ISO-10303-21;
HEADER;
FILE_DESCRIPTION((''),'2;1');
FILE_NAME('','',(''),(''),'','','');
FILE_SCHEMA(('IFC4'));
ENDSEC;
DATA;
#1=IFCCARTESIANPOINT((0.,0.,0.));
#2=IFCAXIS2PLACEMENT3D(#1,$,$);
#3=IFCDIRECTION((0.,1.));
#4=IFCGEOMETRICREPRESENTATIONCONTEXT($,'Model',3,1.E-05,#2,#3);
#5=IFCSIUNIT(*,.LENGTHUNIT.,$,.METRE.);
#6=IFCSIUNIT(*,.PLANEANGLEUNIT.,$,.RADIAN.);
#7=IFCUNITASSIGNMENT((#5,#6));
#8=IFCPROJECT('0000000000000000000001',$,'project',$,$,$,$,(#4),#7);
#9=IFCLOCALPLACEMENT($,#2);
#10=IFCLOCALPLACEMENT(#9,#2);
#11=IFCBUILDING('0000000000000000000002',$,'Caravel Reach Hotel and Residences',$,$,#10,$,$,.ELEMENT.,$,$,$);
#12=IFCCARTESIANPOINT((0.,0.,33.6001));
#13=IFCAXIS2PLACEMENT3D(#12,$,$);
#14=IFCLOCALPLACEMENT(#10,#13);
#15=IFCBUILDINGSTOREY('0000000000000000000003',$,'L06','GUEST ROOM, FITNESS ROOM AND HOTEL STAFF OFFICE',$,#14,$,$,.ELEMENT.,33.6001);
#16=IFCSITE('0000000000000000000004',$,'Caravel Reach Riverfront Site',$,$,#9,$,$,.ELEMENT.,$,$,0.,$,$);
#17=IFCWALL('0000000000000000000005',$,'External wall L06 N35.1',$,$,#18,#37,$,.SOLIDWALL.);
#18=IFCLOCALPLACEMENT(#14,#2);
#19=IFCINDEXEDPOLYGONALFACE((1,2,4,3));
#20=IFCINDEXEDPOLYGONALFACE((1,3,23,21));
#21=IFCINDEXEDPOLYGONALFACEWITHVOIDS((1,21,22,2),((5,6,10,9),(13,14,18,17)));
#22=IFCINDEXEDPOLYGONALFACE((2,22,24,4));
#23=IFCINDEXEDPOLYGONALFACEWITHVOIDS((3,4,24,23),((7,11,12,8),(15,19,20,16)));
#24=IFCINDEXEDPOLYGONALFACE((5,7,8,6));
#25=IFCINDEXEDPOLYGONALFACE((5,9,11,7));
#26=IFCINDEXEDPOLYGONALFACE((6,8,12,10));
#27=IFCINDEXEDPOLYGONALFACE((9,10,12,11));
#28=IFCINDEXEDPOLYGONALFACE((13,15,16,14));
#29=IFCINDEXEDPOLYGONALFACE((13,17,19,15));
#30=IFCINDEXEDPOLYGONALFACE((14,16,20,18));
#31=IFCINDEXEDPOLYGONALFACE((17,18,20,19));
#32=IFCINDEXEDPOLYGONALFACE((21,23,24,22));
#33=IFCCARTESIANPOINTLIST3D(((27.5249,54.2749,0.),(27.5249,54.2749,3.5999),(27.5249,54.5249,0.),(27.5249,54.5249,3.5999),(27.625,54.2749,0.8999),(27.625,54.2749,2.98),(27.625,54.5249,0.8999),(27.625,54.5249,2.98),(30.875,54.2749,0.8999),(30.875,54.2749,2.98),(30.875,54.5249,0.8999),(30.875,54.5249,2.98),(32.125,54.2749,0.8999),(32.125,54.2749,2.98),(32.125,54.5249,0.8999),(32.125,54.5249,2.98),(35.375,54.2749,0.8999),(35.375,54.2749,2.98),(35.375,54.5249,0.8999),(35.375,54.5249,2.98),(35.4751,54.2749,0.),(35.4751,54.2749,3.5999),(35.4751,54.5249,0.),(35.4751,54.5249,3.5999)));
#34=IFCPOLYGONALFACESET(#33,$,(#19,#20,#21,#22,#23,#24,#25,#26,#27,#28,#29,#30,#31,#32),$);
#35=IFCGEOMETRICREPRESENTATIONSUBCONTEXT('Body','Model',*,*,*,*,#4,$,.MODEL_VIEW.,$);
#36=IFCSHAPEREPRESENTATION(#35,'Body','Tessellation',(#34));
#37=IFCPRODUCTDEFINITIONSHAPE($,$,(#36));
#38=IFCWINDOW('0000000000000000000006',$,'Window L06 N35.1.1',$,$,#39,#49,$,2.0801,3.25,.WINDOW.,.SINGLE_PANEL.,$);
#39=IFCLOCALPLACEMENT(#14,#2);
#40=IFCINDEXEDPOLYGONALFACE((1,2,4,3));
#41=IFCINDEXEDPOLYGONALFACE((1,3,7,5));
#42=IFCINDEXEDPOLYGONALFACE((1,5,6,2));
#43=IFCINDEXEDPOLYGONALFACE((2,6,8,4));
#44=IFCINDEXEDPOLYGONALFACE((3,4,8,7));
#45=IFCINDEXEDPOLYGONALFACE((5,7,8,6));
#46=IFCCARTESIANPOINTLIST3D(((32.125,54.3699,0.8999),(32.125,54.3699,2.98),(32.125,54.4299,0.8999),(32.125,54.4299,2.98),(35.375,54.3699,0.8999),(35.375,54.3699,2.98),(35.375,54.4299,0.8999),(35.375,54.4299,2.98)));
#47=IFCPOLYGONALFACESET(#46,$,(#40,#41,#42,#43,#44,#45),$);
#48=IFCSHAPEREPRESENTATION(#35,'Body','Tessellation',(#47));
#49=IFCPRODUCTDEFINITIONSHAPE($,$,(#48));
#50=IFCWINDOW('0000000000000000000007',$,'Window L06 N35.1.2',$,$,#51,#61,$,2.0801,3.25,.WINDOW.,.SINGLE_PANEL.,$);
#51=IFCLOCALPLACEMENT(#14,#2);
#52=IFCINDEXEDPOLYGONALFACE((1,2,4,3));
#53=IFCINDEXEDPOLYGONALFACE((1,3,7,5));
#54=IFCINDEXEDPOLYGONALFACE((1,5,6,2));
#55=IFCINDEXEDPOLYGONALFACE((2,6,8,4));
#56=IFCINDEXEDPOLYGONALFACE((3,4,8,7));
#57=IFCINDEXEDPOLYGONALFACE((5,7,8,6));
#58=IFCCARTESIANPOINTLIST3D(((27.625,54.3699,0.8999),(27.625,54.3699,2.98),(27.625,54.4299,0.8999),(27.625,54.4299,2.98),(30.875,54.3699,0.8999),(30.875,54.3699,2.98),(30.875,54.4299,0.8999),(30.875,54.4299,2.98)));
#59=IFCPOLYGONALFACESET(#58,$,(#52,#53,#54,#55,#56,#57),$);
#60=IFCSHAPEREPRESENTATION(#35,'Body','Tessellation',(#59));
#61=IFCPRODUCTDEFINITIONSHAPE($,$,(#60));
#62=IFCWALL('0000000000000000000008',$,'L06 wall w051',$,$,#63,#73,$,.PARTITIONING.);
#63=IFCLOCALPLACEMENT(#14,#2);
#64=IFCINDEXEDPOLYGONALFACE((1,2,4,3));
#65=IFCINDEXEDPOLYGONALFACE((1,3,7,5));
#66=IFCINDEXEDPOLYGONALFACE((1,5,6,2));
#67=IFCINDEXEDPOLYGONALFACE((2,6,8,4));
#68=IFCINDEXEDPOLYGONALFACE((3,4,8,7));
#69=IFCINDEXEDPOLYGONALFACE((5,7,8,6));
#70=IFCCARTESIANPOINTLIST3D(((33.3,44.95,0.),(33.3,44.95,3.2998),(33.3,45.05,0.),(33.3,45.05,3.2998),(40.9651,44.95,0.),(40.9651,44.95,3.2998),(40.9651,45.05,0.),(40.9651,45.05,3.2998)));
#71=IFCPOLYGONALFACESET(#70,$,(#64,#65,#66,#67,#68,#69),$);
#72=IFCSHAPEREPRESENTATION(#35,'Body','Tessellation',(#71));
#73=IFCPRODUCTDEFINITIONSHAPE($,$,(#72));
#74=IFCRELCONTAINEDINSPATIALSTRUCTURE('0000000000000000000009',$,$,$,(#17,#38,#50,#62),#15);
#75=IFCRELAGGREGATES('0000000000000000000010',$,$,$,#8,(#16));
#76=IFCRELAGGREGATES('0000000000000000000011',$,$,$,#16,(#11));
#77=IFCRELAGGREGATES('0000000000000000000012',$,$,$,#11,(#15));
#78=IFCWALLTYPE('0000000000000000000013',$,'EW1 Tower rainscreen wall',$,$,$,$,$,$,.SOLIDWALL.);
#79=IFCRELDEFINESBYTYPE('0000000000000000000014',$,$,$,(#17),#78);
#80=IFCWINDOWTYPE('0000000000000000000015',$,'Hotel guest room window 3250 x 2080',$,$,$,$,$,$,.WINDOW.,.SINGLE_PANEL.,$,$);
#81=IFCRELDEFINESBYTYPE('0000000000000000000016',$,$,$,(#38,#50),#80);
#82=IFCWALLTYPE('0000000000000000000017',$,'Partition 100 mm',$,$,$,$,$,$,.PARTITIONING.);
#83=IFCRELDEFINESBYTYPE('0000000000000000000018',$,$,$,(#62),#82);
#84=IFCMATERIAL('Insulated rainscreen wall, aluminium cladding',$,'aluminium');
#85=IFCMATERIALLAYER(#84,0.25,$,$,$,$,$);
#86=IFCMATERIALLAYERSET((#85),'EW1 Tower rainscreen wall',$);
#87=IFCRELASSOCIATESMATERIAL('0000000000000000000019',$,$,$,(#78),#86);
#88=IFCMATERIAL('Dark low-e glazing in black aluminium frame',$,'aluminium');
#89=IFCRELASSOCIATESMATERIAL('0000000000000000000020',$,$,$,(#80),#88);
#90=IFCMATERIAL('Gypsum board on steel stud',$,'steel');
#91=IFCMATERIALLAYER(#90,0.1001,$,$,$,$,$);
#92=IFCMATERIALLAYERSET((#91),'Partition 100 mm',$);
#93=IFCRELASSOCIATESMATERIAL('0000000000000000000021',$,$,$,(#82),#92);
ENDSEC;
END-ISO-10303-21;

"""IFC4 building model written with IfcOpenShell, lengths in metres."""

from ifc_helpers import new_model, si_unit, direction, frame, frame_2d, origin, place, context, subcontext, project, spatial, rectangle, extrude, material, layer, layer_set, type_object, element, fill, save


model = new_model("IFC4")

# Units and contexts
model_context = context("Model", 3, precision=1e-05, world=origin(), true_north=direction((0.0, 1.0)))
body_context = subcontext(model_context, "Body", "Model", "MODEL_VIEW")
ifc_project = project(units=[si_unit("LENGTHUNIT", "METRE"), si_unit("PLANEANGLEUNIT", "RADIAN")], contexts=[model_context])

# Site, building, storey
site_placement = place(None, origin())
site = spatial("IfcSite", under=ifc_project, at=site_placement, Name="Caravel Reach Riverfront Site", CompositionType="ELEMENT", RefElevation=0.0)
building_placement = place(site_placement, origin())
building = spatial("IfcBuilding", under=site, at=building_placement, Name="Caravel Reach Hotel and Residences", CompositionType="ELEMENT")
storey_placement = place(building_placement, frame((0.0, 0.0, 33.6001)))
storey = spatial("IfcBuildingStorey", under=building, at=storey_placement, Name="L06", Description="GUEST ROOM, FITNESS ROOM AND HOTEL STAFF OFFICE", CompositionType="ELEMENT", Elevation=33.6001)

# Shared definitions
ifc_material_1 = material(Name="Insulated rainscreen wall, aluminium cladding", Category="aluminium")
ifc_layer_1 = layer(ifc_material_1, 0.25)
ifc_layer_set_1 = layer_set([ifc_layer_1], Name="EW1 Tower rainscreen wall")
wall_type_1 = type_object("IfcWallType", Name="EW1 Tower rainscreen wall", PredefinedType="SOLIDWALL", material=ifc_layer_set_1)

# Wall, openings, windows
wall_1_placement = place(storey_placement, frame((35.4751, 54.3999, 0.0), z_axis=(0.0, 0.0, 1.0), x_axis=(-1.0, 0.0, 0.0)))
wall_1 = element("IfcWall", 1, at=wall_1_placement, inside=storey, type_object=wall_type_1, Name="External wall L06 N35.1", PredefinedType="SOLIDWALL", context=body_context, shape_type="SweptSolid", body=[
    extrude(rectangle(XDim=7.9502, YDim=0.25, at=frame_2d((3.9751, 0.0))), origin(), (0.0, 0.0, 1.0), 3.5999),
])
opening_1_placement = place(wall_1_placement, frame((0.1001, 0.0, 0.8999)))
opening_1 = element("IfcOpeningElement", 2, at=opening_1_placement, cuts=wall_1, PredefinedType="OPENING", context=body_context, shape_type="SweptSolid", body=[
    extrude(rectangle(XDim=3.25, YDim=2.0801, at=frame_2d((1.625, 1.04))), frame((0.0, 0.135, 0.0), z_axis=(0.0, -1.0, 0.0), x_axis=(1.0, 0.0, 0.0)), (0.0, 0.0, 1.0), 0.27),
])
opening_2_placement = place(wall_1_placement, frame((4.6001, 0.0, 0.8999)))
opening_2 = element("IfcOpeningElement", 3, at=opening_2_placement, cuts=wall_1, PredefinedType="OPENING", context=body_context, shape_type="SweptSolid", body=[
    extrude(rectangle(XDim=3.25, YDim=2.0801, at=frame_2d((1.625, 1.04))), frame((0.0, 0.135, 0.0), z_axis=(0.0, -1.0, 0.0), x_axis=(1.0, 0.0, 0.0)), (0.0, 0.0, 1.0), 0.27),
])
ifc_material_2 = material(Name="Dark low-e glazing in black aluminium frame", Category="aluminium")
window_type_1 = type_object("IfcWindowType", Name="Hotel guest room window 3250 x 2080", PartitioningType="SINGLE_PANEL", PredefinedType="WINDOW", material=ifc_material_2)
window_1_placement = place(opening_1_placement, origin())
window_1 = element("IfcWindow", 4, at=window_1_placement, inside=storey, type_object=window_type_1, Name="Window L06 N35.1.1", OverallHeight=2.0801, OverallWidth=3.25, PartitioningType="SINGLE_PANEL", PredefinedType="WINDOW", context=body_context, shape_type="SweptSolid", body=[
    extrude(rectangle(XDim=3.25, YDim=2.0801, at=frame_2d((1.625, 1.04))), frame((0.0, 0.03, 0.0), z_axis=(0.0, -1.0, 0.0), x_axis=(1.0, 0.0, 0.0)), (0.0, 0.0, 1.0), 0.0601),
])
fill(opening_1, window_1)
window_2_placement = place(opening_2_placement, origin())
window_2 = element("IfcWindow", 5, at=window_2_placement, inside=storey, type_object=window_type_1, Name="Window L06 N35.1.2", OverallHeight=2.0801, OverallWidth=3.25, PartitioningType="SINGLE_PANEL", PredefinedType="WINDOW", context=body_context, shape_type="SweptSolid", body=[
    extrude(rectangle(XDim=3.25, YDim=2.0801, at=frame_2d((1.625, 1.04))), frame((0.0, 0.03, 0.0), z_axis=(0.0, -1.0, 0.0), x_axis=(1.0, 0.0, 0.0)), (0.0, 0.0, 1.0), 0.0601),
])
fill(opening_2, window_2)

# Wall
ifc_material_3 = material(Name="Gypsum board on steel stud", Category="steel")
ifc_layer_2 = layer(ifc_material_3, 0.1001)
ifc_layer_set_2 = layer_set([ifc_layer_2], Name="Partition 100 mm")
wall_type_2 = type_object("IfcWallType", Name="Partition 100 mm", PredefinedType="PARTITIONING", material=ifc_layer_set_2)
wall_2_placement = place(storey_placement, frame((33.3, 45.0, 0.0), z_axis=(0.0, 0.0, 1.0), x_axis=(1.0, 0.0, 0.0)))
element("IfcWall", 6, at=wall_2_placement, inside=storey, type_object=wall_type_2, Name="L06 wall w051", PredefinedType="PARTITIONING", context=body_context, shape_type="SweptSolid", body=[
    extrude(rectangle(XDim=7.665, YDim=0.1001, at=frame_2d((3.8325, 0.0))), origin(), (0.0, 0.0, 1.0), 3.2998),
])

save(model, "model.ifc")
